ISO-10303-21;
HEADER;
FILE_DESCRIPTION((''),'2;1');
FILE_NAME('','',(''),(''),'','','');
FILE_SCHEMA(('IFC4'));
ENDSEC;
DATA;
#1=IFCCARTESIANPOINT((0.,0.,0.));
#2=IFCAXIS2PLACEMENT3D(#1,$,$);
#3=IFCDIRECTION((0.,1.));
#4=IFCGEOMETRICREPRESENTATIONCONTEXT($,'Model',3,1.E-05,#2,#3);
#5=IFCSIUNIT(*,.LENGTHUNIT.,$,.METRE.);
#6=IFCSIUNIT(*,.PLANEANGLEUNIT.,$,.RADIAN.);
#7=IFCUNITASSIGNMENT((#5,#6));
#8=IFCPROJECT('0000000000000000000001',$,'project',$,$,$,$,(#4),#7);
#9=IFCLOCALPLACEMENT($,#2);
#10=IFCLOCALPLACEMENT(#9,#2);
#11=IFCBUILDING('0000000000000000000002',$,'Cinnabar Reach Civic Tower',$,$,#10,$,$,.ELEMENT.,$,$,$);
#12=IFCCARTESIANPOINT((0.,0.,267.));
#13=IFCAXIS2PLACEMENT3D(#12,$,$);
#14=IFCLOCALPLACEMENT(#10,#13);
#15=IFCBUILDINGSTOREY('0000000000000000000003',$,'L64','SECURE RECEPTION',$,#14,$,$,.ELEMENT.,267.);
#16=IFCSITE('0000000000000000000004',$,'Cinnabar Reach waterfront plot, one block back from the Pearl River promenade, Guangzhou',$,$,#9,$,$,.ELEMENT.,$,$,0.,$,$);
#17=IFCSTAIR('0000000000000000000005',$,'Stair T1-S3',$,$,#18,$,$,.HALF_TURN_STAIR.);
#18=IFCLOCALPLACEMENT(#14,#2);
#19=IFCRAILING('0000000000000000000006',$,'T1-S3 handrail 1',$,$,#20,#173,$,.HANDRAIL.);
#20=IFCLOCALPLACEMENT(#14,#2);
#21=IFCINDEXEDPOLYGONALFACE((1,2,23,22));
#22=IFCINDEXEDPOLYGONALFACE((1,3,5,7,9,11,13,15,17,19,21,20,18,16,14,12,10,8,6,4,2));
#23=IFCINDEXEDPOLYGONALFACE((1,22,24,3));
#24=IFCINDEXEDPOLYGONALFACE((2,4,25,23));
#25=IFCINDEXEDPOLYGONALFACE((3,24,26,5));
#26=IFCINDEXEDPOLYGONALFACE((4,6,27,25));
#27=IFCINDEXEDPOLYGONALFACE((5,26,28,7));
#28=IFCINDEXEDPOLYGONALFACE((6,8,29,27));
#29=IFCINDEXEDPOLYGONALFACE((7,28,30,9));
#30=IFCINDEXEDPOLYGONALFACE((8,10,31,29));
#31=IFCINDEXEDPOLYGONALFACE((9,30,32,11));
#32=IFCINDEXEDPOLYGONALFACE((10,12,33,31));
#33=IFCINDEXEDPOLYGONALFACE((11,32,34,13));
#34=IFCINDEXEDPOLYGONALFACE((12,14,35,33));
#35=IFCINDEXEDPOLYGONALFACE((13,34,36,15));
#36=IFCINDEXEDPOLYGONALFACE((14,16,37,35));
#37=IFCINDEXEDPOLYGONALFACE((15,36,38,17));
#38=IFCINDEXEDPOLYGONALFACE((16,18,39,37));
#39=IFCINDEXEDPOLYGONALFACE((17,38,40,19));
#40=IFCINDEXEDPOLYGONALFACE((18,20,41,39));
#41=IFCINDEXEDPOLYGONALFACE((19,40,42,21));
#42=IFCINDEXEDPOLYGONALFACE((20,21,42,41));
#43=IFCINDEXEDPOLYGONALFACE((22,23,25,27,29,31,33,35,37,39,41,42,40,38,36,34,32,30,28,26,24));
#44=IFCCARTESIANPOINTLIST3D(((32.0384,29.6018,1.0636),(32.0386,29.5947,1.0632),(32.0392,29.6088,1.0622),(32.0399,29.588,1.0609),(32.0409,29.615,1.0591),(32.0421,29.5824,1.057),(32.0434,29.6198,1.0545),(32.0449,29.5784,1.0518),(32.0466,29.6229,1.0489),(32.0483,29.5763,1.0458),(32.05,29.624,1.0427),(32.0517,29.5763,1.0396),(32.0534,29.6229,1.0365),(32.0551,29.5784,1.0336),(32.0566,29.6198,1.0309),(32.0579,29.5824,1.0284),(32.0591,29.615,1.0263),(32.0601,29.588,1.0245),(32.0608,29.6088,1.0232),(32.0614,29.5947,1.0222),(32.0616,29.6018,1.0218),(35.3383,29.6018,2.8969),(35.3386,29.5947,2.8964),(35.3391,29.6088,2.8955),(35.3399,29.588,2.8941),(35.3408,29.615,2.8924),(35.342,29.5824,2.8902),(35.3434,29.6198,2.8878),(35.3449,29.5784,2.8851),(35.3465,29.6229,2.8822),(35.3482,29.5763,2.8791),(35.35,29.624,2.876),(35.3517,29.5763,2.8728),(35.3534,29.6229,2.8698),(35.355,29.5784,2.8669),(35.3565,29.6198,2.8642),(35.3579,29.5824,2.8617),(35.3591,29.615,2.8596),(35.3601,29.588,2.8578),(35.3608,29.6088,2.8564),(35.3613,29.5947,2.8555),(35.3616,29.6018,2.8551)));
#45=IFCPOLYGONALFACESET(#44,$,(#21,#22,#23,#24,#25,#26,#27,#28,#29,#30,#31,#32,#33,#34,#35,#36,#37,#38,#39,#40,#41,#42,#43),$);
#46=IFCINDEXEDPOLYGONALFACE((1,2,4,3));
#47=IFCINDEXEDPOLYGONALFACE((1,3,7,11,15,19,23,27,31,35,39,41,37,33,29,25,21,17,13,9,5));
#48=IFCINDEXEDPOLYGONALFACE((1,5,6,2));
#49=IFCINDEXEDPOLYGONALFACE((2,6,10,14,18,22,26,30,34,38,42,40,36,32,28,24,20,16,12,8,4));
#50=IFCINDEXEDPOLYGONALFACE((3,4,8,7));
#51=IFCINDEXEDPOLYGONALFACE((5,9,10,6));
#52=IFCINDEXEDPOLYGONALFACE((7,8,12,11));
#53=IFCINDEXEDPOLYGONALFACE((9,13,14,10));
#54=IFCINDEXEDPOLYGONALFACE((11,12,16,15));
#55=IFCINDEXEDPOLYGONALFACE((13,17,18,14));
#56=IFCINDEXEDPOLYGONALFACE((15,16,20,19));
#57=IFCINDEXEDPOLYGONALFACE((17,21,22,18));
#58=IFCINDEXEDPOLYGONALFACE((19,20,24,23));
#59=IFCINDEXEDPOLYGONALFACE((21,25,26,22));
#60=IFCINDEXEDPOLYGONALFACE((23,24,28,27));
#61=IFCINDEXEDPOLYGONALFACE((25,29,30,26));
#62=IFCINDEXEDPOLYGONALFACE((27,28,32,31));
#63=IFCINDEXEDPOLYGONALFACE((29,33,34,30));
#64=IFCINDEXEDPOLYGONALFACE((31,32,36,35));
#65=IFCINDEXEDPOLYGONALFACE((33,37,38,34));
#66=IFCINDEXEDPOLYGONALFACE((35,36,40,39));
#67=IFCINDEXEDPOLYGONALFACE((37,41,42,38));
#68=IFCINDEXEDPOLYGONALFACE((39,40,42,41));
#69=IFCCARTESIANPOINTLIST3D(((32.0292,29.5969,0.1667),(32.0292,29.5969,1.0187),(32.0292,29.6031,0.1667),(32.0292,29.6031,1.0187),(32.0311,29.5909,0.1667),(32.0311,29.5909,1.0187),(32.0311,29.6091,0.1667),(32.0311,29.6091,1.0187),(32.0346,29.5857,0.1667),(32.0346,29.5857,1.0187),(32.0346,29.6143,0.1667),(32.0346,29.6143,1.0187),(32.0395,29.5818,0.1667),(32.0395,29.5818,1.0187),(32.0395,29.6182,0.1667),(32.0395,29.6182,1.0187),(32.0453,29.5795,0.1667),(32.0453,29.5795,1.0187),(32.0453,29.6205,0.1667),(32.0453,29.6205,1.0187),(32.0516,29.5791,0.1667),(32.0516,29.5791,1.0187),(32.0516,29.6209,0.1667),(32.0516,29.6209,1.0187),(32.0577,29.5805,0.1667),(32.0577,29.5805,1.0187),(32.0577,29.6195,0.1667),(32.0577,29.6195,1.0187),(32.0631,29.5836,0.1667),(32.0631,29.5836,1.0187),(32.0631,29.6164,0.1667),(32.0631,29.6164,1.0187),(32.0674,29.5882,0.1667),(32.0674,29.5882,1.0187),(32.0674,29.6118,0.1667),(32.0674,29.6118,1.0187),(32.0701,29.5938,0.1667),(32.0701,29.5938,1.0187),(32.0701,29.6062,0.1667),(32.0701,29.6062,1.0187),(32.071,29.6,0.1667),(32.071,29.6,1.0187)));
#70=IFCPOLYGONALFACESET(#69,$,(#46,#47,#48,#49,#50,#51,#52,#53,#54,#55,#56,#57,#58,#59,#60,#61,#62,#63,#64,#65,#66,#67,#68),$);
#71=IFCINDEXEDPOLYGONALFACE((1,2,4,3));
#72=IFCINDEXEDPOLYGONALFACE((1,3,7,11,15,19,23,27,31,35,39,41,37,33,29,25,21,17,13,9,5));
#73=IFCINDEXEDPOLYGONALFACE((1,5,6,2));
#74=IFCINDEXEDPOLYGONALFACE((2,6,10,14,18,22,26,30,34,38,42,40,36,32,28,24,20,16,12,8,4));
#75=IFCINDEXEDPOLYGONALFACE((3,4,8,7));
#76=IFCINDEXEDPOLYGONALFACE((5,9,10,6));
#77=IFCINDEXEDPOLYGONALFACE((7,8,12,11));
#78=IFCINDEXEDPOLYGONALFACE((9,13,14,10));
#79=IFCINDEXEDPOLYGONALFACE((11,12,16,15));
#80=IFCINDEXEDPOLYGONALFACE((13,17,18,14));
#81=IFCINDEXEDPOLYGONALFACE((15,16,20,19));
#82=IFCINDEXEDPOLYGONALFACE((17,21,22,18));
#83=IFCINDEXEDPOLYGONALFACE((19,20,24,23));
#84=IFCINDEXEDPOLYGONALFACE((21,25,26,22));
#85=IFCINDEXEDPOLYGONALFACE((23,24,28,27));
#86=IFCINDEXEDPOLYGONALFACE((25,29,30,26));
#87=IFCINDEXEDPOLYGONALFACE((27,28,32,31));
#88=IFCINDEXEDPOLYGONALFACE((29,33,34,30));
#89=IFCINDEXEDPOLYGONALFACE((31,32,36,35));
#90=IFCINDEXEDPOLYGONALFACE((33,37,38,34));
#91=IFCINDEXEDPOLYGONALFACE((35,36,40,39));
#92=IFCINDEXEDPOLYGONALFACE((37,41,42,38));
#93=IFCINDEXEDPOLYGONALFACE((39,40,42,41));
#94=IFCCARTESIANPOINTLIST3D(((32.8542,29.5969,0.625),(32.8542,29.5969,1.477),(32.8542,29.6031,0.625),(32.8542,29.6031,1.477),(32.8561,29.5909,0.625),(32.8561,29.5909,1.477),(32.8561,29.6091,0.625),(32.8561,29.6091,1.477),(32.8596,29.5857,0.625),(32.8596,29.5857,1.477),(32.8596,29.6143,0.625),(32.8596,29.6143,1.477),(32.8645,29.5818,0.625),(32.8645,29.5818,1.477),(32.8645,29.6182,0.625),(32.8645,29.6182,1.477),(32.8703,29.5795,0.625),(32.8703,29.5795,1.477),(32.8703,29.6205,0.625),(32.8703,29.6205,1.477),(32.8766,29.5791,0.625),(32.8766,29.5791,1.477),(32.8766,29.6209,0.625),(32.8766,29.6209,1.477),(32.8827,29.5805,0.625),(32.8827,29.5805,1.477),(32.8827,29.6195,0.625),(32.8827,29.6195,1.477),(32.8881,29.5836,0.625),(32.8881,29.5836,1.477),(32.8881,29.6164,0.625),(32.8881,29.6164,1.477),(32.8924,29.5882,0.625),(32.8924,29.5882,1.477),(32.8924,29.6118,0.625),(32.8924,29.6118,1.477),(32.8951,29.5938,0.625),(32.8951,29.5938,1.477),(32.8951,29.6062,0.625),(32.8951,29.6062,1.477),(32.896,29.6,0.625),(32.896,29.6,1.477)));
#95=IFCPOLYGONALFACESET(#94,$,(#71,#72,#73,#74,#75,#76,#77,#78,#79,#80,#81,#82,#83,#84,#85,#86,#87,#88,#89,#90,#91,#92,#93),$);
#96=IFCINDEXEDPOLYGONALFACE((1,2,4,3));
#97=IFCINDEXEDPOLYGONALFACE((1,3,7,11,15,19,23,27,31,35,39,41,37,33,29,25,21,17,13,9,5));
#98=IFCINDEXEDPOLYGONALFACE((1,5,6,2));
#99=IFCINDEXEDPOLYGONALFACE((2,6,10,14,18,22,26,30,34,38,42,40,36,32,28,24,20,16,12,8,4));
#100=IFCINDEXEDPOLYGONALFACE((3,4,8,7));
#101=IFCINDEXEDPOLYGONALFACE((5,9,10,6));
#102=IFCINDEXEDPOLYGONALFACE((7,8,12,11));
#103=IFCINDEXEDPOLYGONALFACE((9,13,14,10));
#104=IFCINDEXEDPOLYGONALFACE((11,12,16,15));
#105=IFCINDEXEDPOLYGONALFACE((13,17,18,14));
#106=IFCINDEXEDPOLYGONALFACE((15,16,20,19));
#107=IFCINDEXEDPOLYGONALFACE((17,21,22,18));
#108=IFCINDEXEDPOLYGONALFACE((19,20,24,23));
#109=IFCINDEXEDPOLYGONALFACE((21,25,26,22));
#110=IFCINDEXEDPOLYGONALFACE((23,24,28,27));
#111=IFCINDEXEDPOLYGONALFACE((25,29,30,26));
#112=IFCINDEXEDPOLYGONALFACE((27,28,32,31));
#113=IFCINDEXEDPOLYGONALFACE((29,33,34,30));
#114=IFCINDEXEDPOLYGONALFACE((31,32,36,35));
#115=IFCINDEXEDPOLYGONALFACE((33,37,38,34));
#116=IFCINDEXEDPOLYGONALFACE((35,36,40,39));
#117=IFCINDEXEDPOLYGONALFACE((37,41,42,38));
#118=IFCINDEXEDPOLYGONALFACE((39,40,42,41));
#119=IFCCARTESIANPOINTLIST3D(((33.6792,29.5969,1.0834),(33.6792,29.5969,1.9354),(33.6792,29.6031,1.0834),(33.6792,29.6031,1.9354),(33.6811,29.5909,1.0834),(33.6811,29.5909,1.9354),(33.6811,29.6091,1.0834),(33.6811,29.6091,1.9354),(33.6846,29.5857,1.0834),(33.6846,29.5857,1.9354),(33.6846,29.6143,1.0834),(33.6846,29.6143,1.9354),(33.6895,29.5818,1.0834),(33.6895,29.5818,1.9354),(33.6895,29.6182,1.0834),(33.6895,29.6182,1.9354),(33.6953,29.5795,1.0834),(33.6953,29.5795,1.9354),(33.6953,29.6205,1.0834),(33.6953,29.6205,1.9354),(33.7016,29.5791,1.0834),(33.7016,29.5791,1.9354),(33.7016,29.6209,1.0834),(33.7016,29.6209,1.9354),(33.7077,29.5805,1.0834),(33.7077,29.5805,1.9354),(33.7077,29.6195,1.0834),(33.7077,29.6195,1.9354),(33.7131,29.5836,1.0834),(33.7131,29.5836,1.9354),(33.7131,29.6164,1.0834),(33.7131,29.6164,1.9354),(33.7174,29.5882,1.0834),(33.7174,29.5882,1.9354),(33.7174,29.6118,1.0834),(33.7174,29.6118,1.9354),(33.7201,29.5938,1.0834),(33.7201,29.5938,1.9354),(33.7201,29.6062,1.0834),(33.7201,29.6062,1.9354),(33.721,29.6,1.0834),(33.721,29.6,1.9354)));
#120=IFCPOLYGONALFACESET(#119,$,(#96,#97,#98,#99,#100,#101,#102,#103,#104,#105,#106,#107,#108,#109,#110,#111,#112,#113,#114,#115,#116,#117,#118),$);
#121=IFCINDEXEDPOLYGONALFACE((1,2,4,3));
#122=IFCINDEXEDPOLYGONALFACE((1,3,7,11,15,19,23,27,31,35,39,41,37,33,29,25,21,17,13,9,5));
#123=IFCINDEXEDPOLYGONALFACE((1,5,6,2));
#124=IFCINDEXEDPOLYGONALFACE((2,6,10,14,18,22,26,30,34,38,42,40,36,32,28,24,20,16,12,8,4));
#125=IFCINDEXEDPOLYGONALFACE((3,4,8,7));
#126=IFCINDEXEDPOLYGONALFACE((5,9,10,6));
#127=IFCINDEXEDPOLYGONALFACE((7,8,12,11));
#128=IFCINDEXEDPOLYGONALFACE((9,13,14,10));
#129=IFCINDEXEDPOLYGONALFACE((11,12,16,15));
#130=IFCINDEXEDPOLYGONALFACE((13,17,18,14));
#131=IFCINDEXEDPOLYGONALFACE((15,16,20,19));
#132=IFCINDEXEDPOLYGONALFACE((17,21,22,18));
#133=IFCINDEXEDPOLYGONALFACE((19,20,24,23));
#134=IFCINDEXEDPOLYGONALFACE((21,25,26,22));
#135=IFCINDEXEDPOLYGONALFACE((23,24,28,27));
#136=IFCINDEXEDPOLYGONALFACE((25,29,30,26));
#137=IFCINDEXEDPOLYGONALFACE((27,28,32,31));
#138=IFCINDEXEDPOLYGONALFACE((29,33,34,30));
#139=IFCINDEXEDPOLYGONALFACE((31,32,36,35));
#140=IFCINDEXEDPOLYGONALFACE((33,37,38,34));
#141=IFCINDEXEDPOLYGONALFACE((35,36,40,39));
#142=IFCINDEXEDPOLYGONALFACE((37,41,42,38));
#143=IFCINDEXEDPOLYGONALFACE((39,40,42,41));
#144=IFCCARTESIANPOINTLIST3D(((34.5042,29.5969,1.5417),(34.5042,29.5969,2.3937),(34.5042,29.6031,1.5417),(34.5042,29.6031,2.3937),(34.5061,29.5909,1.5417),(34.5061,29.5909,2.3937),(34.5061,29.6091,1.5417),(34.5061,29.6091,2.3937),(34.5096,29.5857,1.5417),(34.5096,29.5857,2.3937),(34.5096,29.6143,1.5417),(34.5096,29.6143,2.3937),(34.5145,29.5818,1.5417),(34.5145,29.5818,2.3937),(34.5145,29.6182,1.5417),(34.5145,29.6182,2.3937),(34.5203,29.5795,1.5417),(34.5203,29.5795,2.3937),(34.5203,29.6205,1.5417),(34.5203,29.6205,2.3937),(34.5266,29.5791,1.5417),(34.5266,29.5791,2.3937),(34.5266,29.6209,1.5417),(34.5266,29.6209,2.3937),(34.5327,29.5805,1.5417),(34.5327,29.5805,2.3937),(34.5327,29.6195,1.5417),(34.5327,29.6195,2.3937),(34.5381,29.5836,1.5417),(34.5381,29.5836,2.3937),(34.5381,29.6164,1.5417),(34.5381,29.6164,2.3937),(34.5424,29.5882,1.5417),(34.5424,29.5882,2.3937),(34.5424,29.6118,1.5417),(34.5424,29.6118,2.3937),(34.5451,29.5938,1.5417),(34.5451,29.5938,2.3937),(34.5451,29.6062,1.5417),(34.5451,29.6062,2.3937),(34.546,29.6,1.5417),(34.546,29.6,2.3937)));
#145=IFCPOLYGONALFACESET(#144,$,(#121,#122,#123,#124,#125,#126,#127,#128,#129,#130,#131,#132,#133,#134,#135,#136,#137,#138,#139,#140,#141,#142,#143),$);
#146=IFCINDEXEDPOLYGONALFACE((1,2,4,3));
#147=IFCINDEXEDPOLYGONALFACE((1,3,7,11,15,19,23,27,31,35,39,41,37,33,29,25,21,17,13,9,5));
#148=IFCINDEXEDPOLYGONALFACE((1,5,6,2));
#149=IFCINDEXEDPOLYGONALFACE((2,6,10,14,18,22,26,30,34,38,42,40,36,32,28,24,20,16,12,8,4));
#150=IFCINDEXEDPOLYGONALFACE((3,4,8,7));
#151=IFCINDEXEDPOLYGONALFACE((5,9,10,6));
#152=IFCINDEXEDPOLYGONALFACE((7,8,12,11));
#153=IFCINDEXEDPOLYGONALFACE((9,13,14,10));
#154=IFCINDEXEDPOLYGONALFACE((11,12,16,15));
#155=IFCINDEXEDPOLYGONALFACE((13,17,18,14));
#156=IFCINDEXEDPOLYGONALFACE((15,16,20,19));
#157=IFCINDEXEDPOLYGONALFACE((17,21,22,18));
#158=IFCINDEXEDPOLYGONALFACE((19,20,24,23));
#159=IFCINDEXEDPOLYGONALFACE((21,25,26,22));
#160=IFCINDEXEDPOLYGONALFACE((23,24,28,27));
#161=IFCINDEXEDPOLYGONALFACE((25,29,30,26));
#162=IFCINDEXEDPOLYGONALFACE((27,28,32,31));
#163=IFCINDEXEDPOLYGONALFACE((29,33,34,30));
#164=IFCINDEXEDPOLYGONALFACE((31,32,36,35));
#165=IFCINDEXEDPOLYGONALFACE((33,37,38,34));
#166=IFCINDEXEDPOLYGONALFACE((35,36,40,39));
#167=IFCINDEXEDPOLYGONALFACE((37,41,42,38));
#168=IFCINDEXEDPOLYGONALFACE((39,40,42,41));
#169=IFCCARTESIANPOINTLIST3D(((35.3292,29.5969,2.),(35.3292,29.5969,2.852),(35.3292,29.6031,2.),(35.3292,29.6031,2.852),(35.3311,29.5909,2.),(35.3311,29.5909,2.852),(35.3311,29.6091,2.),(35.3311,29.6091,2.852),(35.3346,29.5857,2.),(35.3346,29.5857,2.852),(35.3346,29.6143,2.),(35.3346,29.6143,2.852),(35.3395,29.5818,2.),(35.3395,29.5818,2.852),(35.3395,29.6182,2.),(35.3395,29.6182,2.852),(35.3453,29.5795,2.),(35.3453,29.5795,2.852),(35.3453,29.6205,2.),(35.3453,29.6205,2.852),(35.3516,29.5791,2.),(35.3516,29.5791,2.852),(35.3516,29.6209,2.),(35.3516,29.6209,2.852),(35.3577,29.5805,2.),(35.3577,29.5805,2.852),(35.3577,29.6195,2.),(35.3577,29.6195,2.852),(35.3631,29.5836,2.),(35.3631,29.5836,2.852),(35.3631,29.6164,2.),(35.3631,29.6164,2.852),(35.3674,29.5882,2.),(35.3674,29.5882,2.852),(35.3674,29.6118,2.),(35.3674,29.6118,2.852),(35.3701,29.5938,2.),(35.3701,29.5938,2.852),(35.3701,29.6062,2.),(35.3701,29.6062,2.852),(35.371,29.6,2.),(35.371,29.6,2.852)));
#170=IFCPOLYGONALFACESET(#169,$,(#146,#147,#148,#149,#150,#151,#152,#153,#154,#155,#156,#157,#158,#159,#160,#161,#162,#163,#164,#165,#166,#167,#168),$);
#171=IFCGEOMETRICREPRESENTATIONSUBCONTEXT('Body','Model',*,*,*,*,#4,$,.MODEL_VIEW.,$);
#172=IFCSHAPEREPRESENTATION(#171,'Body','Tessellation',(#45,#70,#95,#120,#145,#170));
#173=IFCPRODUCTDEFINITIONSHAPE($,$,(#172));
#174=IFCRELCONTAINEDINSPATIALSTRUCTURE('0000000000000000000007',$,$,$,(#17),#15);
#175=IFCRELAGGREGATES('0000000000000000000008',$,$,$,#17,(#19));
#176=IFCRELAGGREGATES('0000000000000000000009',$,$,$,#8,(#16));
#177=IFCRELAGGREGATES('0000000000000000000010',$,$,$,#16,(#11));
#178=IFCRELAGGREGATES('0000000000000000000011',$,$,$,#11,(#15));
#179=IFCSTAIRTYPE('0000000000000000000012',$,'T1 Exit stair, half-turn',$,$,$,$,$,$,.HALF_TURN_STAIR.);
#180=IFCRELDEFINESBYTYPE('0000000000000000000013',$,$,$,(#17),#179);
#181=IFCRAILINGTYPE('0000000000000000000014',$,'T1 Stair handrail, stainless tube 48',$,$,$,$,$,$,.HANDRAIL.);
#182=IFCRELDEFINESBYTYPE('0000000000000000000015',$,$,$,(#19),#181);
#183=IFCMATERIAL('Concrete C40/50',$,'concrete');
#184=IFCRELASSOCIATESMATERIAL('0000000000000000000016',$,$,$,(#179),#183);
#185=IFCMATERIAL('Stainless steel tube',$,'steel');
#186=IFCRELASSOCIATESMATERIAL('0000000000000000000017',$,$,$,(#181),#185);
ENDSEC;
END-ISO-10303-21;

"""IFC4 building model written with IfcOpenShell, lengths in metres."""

from ifc_helpers import new_model, si_unit, direction, frame, origin, origin_2d, place, context, subcontext, project, spatial, circle, extrude, material, type_object, element, aggregate, save


model = new_model("IFC4")

# Units and contexts
model_context = context("Model", 3, precision=1e-05, world=origin(), true_north=direction((0.0, 1.0)))
body_context = subcontext(model_context, "Body", "Model", "MODEL_VIEW")
ifc_project = project(units=[si_unit("LENGTHUNIT", "METRE"), si_unit("PLANEANGLEUNIT", "RADIAN")], contexts=[model_context])

# Site, building, storey
site_placement = place(None, origin())
site = spatial("IfcSite", under=ifc_project, at=site_placement, Name="Cinnabar Reach waterfront plot, one block back from the Pearl River promenade, Guangzhou", CompositionType="ELEMENT", RefElevation=0.0)
building_placement = place(site_placement, origin())
building = spatial("IfcBuilding", under=site, at=building_placement, Name="Cinnabar Reach Civic Tower", CompositionType="ELEMENT")
storey_placement = place(building_placement, frame((0.0, 0.0, 267.0)))
storey = spatial("IfcBuildingStorey", under=building, at=storey_placement, Name="L64", Description="SECURE RECEPTION", CompositionType="ELEMENT", Elevation=267.0)

# Stair, railing
ifc_material_1 = material(Name="Concrete C40/50", Category="concrete")
stair_type = type_object("IfcStairType", Name="T1 Exit stair, half-turn", PredefinedType="HALF_TURN_STAIR", material=ifc_material_1)
stair_placement = place(storey_placement, origin())
stair = element("IfcStair", 1, at=stair_placement, inside=storey, type_object=stair_type, Name="Stair T1-S3", PredefinedType="HALF_TURN_STAIR")
ifc_material_2 = material(Name="Stainless steel tube", Category="steel")
railing_type = type_object("IfcRailingType", Name="T1 Stair handrail, stainless tube 48", PredefinedType="HANDRAIL", material=ifc_material_2)
railing_1_placement = place(storey_placement, frame((32.05, 29.6, 0.1667)))
railing_1 = element("IfcRailing", 2, at=railing_1_placement, type_object=railing_type, Name="T1-S3 handrail 1", PredefinedType="HANDRAIL", context=body_context, shape_type="SweptSolid", body=[
    extrude(circle(Radius=0.024, at=origin_2d()), frame((0.0, 0.0, 0.876), z_axis=(0.874161, 0.0, 0.485636), x_axis=(0.0, 1.0, 0.0)), (0.0, 0.0, 1.0), 3.775),
    extrude(circle(Radius=0.021, at=origin_2d()), origin(), (0.0, 0.0, 1.0), 0.852),
    extrude(circle(Radius=0.021, at=origin_2d()), frame((0.825, 0.0, 0.4583)), (0.0, 0.0, 1.0), 0.852),
    extrude(circle(Radius=0.021, at=origin_2d()), frame((1.65, 0.0, 0.9167)), (0.0, 0.0, 1.0), 0.852),
    extrude(circle(Radius=0.021, at=origin_2d()), frame((2.475, 0.0, 1.375)), (0.0, 0.0, 1.0), 0.852),
    extrude(circle(Radius=0.021, at=origin_2d()), frame((3.3, 0.0, 1.8333)), (0.0, 0.0, 1.0), 0.852),
])
aggregate(stair, [railing_1])

save(model, "model.ifc")
